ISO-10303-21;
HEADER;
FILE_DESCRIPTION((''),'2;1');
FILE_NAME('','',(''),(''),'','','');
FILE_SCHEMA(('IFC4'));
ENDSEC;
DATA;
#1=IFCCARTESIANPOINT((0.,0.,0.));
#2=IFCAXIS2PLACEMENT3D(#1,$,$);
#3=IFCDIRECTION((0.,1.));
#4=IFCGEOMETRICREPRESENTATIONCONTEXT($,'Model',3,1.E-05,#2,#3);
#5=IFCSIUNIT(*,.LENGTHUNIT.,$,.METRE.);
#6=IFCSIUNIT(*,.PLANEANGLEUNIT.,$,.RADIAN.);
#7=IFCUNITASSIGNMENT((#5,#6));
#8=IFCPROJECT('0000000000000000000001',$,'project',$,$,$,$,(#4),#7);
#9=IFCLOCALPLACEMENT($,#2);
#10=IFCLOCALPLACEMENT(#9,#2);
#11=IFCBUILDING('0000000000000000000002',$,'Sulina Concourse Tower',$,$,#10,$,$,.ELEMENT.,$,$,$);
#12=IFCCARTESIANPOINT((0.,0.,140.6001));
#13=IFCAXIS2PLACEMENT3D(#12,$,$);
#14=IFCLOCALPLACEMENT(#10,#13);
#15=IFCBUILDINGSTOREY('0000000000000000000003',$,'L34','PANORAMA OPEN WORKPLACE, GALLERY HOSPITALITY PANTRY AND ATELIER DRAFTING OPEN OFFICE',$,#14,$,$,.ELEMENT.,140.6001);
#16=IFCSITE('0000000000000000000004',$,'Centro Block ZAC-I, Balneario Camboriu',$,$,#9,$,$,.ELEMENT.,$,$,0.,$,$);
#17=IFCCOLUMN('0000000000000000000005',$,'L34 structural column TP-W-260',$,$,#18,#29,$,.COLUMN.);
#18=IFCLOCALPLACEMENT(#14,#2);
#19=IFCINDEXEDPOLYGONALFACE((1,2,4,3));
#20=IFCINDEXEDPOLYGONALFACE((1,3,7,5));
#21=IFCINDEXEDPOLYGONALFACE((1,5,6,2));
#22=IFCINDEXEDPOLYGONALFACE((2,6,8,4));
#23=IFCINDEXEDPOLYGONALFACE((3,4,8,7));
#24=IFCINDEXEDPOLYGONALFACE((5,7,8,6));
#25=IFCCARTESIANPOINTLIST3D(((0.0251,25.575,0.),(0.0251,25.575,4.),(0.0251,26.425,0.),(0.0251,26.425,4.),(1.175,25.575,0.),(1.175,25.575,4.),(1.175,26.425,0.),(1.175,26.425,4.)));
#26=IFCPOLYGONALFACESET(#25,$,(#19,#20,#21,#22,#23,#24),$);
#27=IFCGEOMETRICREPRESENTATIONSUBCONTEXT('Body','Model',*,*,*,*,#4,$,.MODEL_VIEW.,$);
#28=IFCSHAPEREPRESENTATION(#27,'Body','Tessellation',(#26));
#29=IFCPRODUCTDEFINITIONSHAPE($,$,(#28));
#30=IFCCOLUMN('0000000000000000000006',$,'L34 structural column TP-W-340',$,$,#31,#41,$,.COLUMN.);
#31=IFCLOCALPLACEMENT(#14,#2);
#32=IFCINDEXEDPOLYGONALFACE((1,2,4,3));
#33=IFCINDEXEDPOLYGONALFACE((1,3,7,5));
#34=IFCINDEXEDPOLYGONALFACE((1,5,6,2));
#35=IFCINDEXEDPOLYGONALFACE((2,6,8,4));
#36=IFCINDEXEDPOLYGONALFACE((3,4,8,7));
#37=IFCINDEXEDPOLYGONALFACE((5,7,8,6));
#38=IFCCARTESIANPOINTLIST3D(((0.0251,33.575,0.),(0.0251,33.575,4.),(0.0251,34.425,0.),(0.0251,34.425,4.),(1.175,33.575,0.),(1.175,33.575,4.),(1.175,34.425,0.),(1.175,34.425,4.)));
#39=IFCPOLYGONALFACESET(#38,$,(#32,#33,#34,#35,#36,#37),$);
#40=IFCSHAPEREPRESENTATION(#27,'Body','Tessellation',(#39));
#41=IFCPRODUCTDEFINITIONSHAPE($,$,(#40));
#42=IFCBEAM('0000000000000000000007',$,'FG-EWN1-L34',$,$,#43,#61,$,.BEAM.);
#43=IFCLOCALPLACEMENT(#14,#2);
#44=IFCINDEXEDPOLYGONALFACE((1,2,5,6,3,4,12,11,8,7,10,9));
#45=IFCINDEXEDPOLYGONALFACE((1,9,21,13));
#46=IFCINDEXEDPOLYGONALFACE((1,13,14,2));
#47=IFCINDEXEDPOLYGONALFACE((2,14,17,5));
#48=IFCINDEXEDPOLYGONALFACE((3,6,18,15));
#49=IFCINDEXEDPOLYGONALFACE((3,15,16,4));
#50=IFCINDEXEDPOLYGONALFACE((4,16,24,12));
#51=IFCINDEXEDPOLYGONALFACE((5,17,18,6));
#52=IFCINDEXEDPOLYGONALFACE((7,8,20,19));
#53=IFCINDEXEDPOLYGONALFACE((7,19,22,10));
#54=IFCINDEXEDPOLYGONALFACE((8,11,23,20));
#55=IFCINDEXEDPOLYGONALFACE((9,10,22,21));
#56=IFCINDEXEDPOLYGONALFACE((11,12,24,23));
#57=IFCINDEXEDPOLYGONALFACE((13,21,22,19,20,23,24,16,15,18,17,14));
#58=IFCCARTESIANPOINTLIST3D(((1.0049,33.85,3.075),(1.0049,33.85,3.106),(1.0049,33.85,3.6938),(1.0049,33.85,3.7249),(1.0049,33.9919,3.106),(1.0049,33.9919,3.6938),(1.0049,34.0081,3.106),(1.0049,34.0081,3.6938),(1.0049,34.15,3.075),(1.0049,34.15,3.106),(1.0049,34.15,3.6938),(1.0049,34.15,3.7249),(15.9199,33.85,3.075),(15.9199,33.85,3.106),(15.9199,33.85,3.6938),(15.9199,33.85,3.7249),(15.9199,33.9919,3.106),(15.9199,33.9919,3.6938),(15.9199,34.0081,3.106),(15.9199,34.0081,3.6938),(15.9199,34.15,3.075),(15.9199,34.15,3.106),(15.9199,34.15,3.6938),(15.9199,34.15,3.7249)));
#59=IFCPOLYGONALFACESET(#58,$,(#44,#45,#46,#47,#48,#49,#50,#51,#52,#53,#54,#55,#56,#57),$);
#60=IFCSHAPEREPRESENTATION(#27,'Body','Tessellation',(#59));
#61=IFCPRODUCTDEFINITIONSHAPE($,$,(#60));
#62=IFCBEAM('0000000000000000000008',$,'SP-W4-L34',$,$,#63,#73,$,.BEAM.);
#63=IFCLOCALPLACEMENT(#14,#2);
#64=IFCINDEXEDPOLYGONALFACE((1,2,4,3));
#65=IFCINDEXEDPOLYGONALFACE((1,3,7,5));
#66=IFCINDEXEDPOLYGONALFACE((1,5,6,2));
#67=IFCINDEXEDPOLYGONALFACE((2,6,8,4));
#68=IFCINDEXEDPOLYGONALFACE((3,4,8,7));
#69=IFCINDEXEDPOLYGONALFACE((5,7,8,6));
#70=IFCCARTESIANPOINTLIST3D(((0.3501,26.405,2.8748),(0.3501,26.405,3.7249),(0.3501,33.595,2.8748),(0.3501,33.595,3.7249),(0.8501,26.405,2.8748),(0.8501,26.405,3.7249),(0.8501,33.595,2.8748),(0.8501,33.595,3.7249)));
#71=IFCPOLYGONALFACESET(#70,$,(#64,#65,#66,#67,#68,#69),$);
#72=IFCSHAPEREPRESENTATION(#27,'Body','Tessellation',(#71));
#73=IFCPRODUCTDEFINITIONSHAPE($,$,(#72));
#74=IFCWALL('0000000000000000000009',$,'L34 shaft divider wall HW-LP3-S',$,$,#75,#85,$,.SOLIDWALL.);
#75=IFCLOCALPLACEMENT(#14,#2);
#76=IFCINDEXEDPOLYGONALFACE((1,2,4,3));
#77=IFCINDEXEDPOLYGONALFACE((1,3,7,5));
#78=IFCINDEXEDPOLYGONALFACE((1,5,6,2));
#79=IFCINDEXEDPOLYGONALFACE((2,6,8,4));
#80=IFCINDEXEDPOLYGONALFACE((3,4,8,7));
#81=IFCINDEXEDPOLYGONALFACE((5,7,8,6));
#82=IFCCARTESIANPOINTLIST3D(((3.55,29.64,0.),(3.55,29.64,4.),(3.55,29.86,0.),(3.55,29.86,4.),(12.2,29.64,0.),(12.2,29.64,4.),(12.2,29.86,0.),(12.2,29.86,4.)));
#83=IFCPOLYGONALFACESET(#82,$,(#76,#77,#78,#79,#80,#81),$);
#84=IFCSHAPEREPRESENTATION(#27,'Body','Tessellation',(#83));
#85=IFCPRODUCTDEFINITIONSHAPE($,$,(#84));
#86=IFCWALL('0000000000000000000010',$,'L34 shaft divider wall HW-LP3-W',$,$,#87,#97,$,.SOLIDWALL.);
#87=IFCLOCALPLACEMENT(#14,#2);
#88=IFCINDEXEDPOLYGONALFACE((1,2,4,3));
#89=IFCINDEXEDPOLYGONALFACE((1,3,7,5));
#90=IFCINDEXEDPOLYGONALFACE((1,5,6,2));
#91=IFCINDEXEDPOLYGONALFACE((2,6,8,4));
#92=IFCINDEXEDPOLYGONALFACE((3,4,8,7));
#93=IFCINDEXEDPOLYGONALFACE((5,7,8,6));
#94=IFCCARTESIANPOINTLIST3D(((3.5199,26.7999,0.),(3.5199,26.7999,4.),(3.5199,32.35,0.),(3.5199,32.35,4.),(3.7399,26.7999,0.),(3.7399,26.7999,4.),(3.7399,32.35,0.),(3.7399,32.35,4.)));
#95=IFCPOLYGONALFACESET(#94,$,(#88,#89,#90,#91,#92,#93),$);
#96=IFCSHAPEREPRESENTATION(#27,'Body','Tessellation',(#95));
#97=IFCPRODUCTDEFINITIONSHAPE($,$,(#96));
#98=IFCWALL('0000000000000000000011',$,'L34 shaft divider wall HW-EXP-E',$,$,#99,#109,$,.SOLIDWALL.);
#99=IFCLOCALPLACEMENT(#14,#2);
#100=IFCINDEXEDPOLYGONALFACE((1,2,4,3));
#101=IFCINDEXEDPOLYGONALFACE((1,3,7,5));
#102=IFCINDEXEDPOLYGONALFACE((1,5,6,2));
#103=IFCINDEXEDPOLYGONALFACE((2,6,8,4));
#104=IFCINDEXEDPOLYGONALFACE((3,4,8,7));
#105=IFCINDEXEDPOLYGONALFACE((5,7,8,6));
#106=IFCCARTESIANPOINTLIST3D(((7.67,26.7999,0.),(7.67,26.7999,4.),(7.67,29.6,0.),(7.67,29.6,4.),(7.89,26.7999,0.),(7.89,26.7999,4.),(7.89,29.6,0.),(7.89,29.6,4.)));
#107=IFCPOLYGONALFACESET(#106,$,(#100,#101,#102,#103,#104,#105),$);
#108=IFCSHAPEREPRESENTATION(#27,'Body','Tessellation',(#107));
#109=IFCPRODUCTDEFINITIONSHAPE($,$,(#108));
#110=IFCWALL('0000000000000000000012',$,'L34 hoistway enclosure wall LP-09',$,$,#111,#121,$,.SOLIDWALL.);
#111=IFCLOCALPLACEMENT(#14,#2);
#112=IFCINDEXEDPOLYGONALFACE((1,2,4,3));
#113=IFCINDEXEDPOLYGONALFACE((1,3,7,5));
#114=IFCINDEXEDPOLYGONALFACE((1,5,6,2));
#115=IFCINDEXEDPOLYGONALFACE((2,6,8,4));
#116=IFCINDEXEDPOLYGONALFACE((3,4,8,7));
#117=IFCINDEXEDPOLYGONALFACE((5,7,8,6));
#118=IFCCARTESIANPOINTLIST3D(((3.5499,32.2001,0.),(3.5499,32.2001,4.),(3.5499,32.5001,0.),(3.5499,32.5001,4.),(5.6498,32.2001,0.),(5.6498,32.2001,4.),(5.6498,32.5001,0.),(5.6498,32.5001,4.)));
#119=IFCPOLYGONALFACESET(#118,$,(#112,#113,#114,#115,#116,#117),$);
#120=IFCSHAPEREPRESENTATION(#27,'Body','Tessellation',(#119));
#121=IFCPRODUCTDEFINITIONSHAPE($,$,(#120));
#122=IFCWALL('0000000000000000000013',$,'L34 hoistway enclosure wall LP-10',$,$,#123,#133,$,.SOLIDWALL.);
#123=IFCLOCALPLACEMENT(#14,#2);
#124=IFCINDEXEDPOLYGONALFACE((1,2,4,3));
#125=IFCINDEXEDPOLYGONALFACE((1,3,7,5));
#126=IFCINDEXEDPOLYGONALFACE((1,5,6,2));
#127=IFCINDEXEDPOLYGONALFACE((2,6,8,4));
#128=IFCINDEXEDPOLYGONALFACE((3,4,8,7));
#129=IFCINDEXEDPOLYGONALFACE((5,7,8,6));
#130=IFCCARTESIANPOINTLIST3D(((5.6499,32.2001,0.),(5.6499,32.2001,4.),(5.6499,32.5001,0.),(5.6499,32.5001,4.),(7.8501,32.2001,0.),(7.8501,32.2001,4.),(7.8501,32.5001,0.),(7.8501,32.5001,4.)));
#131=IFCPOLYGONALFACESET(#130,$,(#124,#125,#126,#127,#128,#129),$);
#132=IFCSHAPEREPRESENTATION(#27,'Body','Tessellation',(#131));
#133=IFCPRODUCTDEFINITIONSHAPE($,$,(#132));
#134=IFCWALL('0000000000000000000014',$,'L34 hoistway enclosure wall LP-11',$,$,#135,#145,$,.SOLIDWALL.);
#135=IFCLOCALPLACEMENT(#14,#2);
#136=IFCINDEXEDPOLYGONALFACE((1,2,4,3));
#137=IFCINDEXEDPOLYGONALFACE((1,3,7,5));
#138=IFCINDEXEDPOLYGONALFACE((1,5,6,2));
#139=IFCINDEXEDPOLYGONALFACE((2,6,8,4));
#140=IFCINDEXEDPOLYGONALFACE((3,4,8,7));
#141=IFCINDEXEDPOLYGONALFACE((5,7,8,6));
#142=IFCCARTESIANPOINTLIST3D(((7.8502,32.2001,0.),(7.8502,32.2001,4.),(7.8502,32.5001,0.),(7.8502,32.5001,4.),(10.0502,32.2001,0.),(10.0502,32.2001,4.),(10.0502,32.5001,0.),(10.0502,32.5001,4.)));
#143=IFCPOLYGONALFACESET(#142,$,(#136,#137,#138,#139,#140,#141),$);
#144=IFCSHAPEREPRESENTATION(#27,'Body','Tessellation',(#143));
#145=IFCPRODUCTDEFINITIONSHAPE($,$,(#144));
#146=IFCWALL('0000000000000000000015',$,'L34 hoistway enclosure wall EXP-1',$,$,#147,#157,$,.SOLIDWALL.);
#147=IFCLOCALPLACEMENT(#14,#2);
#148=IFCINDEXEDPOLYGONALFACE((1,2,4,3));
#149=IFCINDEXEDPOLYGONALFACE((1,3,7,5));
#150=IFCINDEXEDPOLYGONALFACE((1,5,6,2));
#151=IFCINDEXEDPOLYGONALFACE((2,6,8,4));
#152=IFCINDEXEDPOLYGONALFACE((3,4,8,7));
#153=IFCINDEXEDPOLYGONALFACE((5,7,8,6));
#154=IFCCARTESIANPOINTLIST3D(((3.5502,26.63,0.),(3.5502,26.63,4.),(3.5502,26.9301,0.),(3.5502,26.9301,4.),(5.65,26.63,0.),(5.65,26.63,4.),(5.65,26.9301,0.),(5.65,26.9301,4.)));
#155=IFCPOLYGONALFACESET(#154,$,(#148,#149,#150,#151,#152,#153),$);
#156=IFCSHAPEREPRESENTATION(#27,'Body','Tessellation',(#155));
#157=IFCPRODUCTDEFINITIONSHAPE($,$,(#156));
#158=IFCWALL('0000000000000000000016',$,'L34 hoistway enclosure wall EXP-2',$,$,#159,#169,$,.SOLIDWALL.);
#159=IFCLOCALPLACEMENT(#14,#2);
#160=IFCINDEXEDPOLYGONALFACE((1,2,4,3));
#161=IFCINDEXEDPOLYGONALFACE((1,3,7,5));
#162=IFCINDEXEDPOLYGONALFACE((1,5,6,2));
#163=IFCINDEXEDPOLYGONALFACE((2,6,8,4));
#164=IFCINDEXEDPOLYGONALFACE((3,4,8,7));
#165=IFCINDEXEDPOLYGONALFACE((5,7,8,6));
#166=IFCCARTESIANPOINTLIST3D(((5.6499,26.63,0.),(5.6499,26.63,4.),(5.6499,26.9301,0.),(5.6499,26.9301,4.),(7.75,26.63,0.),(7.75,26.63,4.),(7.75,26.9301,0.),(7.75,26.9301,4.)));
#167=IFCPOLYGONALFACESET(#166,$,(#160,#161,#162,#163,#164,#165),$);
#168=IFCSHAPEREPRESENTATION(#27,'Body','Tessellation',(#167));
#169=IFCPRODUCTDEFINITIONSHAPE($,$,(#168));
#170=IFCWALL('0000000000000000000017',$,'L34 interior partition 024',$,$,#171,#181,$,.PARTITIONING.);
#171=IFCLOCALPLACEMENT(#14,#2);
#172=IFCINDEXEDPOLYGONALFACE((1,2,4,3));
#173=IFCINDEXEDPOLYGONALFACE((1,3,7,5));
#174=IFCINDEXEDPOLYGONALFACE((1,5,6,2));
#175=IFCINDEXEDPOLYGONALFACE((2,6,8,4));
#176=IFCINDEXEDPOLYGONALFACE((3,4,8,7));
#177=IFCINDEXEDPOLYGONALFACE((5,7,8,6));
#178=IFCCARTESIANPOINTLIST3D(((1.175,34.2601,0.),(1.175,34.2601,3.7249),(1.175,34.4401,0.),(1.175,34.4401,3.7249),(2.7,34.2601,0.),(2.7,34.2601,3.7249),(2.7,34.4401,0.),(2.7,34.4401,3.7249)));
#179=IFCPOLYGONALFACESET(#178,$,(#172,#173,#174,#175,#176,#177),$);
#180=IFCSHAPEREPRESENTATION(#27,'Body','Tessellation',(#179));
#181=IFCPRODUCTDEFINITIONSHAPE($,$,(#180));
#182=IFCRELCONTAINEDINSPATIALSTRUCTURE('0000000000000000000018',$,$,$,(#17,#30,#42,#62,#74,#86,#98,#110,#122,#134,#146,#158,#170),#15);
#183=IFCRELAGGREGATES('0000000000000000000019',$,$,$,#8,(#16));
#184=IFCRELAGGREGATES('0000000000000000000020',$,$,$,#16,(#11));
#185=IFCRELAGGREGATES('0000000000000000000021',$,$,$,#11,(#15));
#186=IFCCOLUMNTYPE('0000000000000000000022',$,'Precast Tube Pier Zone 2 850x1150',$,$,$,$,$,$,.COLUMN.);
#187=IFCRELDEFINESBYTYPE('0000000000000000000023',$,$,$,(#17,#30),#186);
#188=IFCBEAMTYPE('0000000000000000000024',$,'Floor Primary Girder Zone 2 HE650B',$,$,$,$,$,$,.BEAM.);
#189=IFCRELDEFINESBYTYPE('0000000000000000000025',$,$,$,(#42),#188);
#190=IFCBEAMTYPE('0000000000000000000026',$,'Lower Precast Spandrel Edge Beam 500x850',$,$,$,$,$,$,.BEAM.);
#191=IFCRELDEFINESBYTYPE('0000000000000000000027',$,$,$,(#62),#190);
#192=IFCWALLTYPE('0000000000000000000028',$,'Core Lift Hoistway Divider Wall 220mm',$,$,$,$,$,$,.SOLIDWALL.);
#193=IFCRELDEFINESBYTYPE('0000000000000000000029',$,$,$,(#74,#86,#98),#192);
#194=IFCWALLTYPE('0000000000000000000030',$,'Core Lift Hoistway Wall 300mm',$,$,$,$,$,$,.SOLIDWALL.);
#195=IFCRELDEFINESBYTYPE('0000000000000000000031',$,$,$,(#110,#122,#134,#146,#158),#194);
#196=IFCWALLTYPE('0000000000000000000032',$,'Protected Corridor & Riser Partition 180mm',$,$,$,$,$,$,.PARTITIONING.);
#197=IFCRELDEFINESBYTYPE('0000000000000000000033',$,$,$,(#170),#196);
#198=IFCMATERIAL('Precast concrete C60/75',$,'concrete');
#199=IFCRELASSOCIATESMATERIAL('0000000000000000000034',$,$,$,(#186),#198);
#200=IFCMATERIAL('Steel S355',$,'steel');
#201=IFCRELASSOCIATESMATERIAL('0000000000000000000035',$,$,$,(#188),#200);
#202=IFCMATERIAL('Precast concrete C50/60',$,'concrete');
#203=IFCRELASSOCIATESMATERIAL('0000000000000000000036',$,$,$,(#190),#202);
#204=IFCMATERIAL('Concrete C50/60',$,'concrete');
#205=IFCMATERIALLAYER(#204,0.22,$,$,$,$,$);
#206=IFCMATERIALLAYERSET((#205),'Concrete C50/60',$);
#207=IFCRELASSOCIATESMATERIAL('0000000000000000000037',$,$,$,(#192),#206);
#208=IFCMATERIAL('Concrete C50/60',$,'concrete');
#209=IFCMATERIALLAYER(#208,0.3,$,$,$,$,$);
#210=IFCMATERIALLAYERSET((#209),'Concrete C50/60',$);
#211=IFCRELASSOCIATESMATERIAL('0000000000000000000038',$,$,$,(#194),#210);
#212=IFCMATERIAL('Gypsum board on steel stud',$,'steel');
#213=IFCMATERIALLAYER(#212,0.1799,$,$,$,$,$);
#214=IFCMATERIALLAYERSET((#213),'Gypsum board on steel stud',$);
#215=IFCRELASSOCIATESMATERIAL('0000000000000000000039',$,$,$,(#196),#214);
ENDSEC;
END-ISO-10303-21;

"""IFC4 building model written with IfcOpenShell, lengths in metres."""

from ifc_helpers import new_model, si_unit, direction, frame, frame_2d, origin, origin_2d, place, context, subcontext, project, spatial, rectangle, i_section, extrude, material, layer, layer_set, material_profile, profile_set, type_object, element, save


model = new_model("IFC4")

# Units and contexts
model_context = context("Model", 3, precision=1e-05, world=origin(), true_north=direction((0.0, 1.0)))
body_context = subcontext(model_context, "Body", "Model", "MODEL_VIEW")
ifc_project = project(units=[si_unit("LENGTHUNIT", "METRE"), si_unit("PLANEANGLEUNIT", "RADIAN")], contexts=[model_context])

# Site, building, storey
site_placement = place(None, origin())
site = spatial("IfcSite", under=ifc_project, at=site_placement, Name="Centro Block ZAC-I, Balneario Camboriu", CompositionType="ELEMENT", RefElevation=0.0)
building_placement = place(site_placement, origin())
building = spatial("IfcBuilding", under=site, at=building_placement, Name="Sulina Concourse Tower", CompositionType="ELEMENT")
storey_placement = place(building_placement, frame((0.0, 0.0, 140.6001)))
storey = spatial("IfcBuildingStorey", under=building, at=storey_placement, Name="L34", Description="PANORAMA OPEN WORKPLACE, GALLERY HOSPITALITY PANTRY AND ATELIER DRAFTING OPEN OFFICE", CompositionType="ELEMENT", Elevation=140.6001)

# Columns
ifc_material_1 = material(Name="Precast concrete C60/75", Category="concrete")
ifc_material_profile_1 = material_profile(ifc_material_1, rectangle(XDim=0.8501, YDim=1.1499, at=origin_2d()), Name="PC 850x1150")
ifc_profile_set_1 = profile_set([ifc_material_profile_1], Name="Precast concrete C60/75")
column_type = type_object("IfcColumnType", Name="Precast Tube Pier Zone 2 850x1150", PredefinedType="COLUMN", material=ifc_profile_set_1)
for number, where, z_axis, x_axis, name in (
    (1, (0.6001, 26.0, 0.0), (0.0, 0.0, 1.0), (0.0, 1.0, 0.0), "L34 structural column TP-W-260"),
    (2, (0.6001, 34.0, 0.0), (0.0, 0.0, 1.0), (0.0, 1.0, 0.0), "L34 structural column TP-W-340"),
):
    element("IfcColumn", number, at=place(storey_placement, frame(where, z_axis=z_axis, x_axis=x_axis)), inside=storey, type_object=column_type, Name=name, PredefinedType="COLUMN", context=body_context, shape_type="SweptSolid", body=[
        extrude(rectangle(XDim=0.8501, YDim=1.1499, at=origin_2d()), origin(), (0.0, 0.0, 1.0), 4.0),
    ])

# Beams
ifc_material_2 = material(Name="Steel S355", Category="steel")
ifc_material_profile_2 = material_profile(ifc_material_2, i_section(OverallWidth=0.3, OverallDepth=0.6499, WebThickness=0.0161, FlangeThickness=0.031, at=origin_2d()), Name="HE 650 B")
ifc_profile_set_2 = profile_set([ifc_material_profile_2], Name="Steel S355")
beam_type_1 = type_object("IfcBeamType", Name="Floor Primary Girder Zone 2 HE650B", PredefinedType="BEAM", material=ifc_profile_set_2)
beam_1_placement = place(storey_placement, frame((1.0049, 34.0, 3.3999), z_axis=(1.0, 0.0, 0.0), x_axis=(0.0, 1.0, 0.0)))
element("IfcBeam", 3, at=beam_1_placement, inside=storey, type_object=beam_type_1, Name="FG-EWN1-L34", PredefinedType="BEAM", context=body_context, shape_type="SweptSolid", body=[
    extrude(i_section(OverallWidth=0.3, OverallDepth=0.6499, WebThickness=0.0161, FlangeThickness=0.031, at=origin_2d()), origin(), (0.0, 0.0, 1.0), 14.915),
])
ifc_material_3 = material(Name="Precast concrete C50/60", Category="concrete")
ifc_material_profile_3 = material_profile(ifc_material_3, rectangle(XDim=0.5, YDim=0.8501, at=origin_2d()), Name="RC 500x850")
ifc_profile_set_3 = profile_set([ifc_material_profile_3], Name="Precast concrete C50/60")
beam_type_2 = type_object("IfcBeamType", Name="Lower Precast Spandrel Edge Beam 500x850", PredefinedType="BEAM", material=ifc_profile_set_3)
beam_2_placement = place(storey_placement, frame((0.6001, 26.405, 3.2998), z_axis=(0.0, 1.0, 0.0), x_axis=(-1.0, 0.0, 0.0)))
element("IfcBeam", 4, at=beam_2_placement, inside=storey, type_object=beam_type_2, Name="SP-W4-L34", PredefinedType="BEAM", context=body_context, shape_type="SweptSolid", body=[
    extrude(rectangle(XDim=0.5, YDim=0.8501, at=origin_2d()), origin(), (0.0, 0.0, 1.0), 7.1899),
])

# Walls
ifc_material_4 = material(Name="Concrete C50/60", Category="concrete")
ifc_layer_1 = layer(ifc_material_4, 0.22)
ifc_layer_set_1 = layer_set([ifc_layer_1], Name="Concrete C50/60")
wall_type_1 = type_object("IfcWallType", Name="Core Lift Hoistway Divider Wall 220mm", PredefinedType="SOLIDWALL", material=ifc_layer_set_1)
wall_1_placement = place(storey_placement, frame((3.55, 29.75, 0.0), z_axis=(0.0, 0.0, 1.0), x_axis=(1.0, 0.0, 0.0)))
element("IfcWall", 5, at=wall_1_placement, inside=storey, type_object=wall_type_1, Name="L34 shaft divider wall HW-LP3-S", PredefinedType="SOLIDWALL", context=body_context, shape_type="SweptSolid", body=[
    extrude(rectangle(XDim=8.6499, YDim=0.22, at=frame_2d((4.325, 0.0))), origin(), (0.0, 0.0, 1.0), 4.0),
])
wall_2_placement = place(storey_placement, frame((3.6299, 26.8, 0.0), z_axis=(0.0, 0.0, 1.0), x_axis=(0.0, 1.0, 0.0)))
element("IfcWall", 6, at=wall_2_placement, inside=storey, type_object=wall_type_1, Name="L34 shaft divider wall HW-LP3-W", PredefinedType="SOLIDWALL", context=body_context, shape_type="SweptSolid", body=[
    extrude(rectangle(XDim=5.55, YDim=0.22, at=frame_2d((2.7749, 0.0))), origin(), (0.0, 0.0, 1.0), 4.0),
])
wall_3_placement = place(storey_placement, frame((7.78, 26.8, 0.0), z_axis=(0.0, 0.0, 1.0), x_axis=(0.0, 1.0, 0.0)))
element("IfcWall", 7, at=wall_3_placement, inside=storey, type_object=wall_type_1, Name="L34 shaft divider wall HW-EXP-E", PredefinedType="SOLIDWALL", context=body_context, shape_type="SweptSolid", body=[
    extrude(rectangle(XDim=2.8, YDim=0.22, at=frame_2d((1.3999, 0.0))), origin(), (0.0, 0.0, 1.0), 4.0),
])
ifc_material_5 = material(Name="Concrete C50/60", Category="concrete")
ifc_layer_2 = layer(ifc_material_5, 0.3)
ifc_layer_set_2 = layer_set([ifc_layer_2], Name="Concrete C50/60")
wall_type_2 = type_object("IfcWallType", Name="Core Lift Hoistway Wall 300mm", PredefinedType="SOLIDWALL", material=ifc_layer_set_2)
wall_4_placement = place(storey_placement, frame((3.55, 32.3501, 0.0), z_axis=(0.0, 0.0, 1.0), x_axis=(1.0, 0.0, 0.0)))
element("IfcWall", 8, at=wall_4_placement, inside=storey, type_object=wall_type_2, Name="L34 hoistway enclosure wall LP-09", PredefinedType="SOLIDWALL", context=body_context, shape_type="SweptSolid", body=[
    extrude(rectangle(XDim=2.0999, YDim=0.3, at=frame_2d((1.0498, 0.0))), origin(), (0.0, 0.0, 1.0), 4.0),
])
wall_5_placement = place(storey_placement, frame((5.6499, 32.3501, 0.0), z_axis=(0.0, 0.0, 1.0), x_axis=(1.0, 0.0, 0.0)))
element("IfcWall", 9, at=wall_5_placement, inside=storey, type_object=wall_type_2, Name="L34 hoistway enclosure wall LP-10", PredefinedType="SOLIDWALL", context=body_context, shape_type="SweptSolid", body=[
    extrude(rectangle(XDim=2.2002, YDim=0.3, at=frame_2d((1.1001, 0.0))), origin(), (0.0, 0.0, 1.0), 4.0),
])
wall_6_placement = place(storey_placement, frame((7.8501, 32.3501, 0.0), z_axis=(0.0, 0.0, 1.0), x_axis=(1.0, 0.0, 0.0)))
element("IfcWall", 10, at=wall_6_placement, inside=storey, type_object=wall_type_2, Name="L34 hoistway enclosure wall LP-11", PredefinedType="SOLIDWALL", context=body_context, shape_type="SweptSolid", body=[
    extrude(rectangle(XDim=2.2, YDim=0.3, at=frame_2d((1.1001, 0.0))), origin(), (0.0, 0.0, 1.0), 4.0),
])
wall_7_placement = place(storey_placement, frame((5.6499, 26.78, 0.0), z_axis=(0.0, 0.0, 1.0), x_axis=(-1.0, 0.0, 0.0)))
element("IfcWall", 11, at=wall_7_placement, inside=storey, type_object=wall_type_2, Name="L34 hoistway enclosure wall EXP-1", PredefinedType="SOLIDWALL", context=body_context, shape_type="SweptSolid", body=[
    extrude(rectangle(XDim=2.0999, YDim=0.3, at=frame_2d((1.0498, 0.0))), origin(), (0.0, 0.0, 1.0), 4.0),
])
wall_8_placement = place(storey_placement, frame((7.75, 26.78, 0.0), z_axis=(0.0, 0.0, 1.0), x_axis=(-1.0, 0.0, 0.0)))
element("IfcWall", 12, at=wall_8_placement, inside=storey, type_object=wall_type_2, Name="L34 hoistway enclosure wall EXP-2", PredefinedType="SOLIDWALL", context=body_context, shape_type="SweptSolid", body=[
    extrude(rectangle(XDim=2.1001, YDim=0.3, at=frame_2d((1.05, 0.0))), origin(), (0.0, 0.0, 1.0), 4.0),
])
ifc_material_6 = material(Name="Gypsum board on steel stud", Category="steel")
ifc_layer_3 = layer(ifc_material_6, 0.1799)
ifc_layer_set_3 = layer_set([ifc_layer_3], Name="Gypsum board on steel stud")
wall_type_3 = type_object("IfcWallType", Name="Protected Corridor & Riser Partition 180mm", PredefinedType="PARTITIONING", material=ifc_layer_set_3)
wall_9_placement = place(storey_placement, frame((1.175, 34.3501, 0.0), z_axis=(0.0, 0.0, 1.0), x_axis=(1.0, 0.0, 0.0)))
element("IfcWall", 13, at=wall_9_placement, inside=storey, type_object=wall_type_3, Name="L34 interior partition 024", PredefinedType="PARTITIONING", context=body_context, shape_type="SweptSolid", body=[
    extrude(rectangle(XDim=1.5249, YDim=0.1799, at=frame_2d((0.7625, 0.0))), origin(), (0.0, 0.0, 1.0), 3.7249),
])

save(model, "model.ifc")
